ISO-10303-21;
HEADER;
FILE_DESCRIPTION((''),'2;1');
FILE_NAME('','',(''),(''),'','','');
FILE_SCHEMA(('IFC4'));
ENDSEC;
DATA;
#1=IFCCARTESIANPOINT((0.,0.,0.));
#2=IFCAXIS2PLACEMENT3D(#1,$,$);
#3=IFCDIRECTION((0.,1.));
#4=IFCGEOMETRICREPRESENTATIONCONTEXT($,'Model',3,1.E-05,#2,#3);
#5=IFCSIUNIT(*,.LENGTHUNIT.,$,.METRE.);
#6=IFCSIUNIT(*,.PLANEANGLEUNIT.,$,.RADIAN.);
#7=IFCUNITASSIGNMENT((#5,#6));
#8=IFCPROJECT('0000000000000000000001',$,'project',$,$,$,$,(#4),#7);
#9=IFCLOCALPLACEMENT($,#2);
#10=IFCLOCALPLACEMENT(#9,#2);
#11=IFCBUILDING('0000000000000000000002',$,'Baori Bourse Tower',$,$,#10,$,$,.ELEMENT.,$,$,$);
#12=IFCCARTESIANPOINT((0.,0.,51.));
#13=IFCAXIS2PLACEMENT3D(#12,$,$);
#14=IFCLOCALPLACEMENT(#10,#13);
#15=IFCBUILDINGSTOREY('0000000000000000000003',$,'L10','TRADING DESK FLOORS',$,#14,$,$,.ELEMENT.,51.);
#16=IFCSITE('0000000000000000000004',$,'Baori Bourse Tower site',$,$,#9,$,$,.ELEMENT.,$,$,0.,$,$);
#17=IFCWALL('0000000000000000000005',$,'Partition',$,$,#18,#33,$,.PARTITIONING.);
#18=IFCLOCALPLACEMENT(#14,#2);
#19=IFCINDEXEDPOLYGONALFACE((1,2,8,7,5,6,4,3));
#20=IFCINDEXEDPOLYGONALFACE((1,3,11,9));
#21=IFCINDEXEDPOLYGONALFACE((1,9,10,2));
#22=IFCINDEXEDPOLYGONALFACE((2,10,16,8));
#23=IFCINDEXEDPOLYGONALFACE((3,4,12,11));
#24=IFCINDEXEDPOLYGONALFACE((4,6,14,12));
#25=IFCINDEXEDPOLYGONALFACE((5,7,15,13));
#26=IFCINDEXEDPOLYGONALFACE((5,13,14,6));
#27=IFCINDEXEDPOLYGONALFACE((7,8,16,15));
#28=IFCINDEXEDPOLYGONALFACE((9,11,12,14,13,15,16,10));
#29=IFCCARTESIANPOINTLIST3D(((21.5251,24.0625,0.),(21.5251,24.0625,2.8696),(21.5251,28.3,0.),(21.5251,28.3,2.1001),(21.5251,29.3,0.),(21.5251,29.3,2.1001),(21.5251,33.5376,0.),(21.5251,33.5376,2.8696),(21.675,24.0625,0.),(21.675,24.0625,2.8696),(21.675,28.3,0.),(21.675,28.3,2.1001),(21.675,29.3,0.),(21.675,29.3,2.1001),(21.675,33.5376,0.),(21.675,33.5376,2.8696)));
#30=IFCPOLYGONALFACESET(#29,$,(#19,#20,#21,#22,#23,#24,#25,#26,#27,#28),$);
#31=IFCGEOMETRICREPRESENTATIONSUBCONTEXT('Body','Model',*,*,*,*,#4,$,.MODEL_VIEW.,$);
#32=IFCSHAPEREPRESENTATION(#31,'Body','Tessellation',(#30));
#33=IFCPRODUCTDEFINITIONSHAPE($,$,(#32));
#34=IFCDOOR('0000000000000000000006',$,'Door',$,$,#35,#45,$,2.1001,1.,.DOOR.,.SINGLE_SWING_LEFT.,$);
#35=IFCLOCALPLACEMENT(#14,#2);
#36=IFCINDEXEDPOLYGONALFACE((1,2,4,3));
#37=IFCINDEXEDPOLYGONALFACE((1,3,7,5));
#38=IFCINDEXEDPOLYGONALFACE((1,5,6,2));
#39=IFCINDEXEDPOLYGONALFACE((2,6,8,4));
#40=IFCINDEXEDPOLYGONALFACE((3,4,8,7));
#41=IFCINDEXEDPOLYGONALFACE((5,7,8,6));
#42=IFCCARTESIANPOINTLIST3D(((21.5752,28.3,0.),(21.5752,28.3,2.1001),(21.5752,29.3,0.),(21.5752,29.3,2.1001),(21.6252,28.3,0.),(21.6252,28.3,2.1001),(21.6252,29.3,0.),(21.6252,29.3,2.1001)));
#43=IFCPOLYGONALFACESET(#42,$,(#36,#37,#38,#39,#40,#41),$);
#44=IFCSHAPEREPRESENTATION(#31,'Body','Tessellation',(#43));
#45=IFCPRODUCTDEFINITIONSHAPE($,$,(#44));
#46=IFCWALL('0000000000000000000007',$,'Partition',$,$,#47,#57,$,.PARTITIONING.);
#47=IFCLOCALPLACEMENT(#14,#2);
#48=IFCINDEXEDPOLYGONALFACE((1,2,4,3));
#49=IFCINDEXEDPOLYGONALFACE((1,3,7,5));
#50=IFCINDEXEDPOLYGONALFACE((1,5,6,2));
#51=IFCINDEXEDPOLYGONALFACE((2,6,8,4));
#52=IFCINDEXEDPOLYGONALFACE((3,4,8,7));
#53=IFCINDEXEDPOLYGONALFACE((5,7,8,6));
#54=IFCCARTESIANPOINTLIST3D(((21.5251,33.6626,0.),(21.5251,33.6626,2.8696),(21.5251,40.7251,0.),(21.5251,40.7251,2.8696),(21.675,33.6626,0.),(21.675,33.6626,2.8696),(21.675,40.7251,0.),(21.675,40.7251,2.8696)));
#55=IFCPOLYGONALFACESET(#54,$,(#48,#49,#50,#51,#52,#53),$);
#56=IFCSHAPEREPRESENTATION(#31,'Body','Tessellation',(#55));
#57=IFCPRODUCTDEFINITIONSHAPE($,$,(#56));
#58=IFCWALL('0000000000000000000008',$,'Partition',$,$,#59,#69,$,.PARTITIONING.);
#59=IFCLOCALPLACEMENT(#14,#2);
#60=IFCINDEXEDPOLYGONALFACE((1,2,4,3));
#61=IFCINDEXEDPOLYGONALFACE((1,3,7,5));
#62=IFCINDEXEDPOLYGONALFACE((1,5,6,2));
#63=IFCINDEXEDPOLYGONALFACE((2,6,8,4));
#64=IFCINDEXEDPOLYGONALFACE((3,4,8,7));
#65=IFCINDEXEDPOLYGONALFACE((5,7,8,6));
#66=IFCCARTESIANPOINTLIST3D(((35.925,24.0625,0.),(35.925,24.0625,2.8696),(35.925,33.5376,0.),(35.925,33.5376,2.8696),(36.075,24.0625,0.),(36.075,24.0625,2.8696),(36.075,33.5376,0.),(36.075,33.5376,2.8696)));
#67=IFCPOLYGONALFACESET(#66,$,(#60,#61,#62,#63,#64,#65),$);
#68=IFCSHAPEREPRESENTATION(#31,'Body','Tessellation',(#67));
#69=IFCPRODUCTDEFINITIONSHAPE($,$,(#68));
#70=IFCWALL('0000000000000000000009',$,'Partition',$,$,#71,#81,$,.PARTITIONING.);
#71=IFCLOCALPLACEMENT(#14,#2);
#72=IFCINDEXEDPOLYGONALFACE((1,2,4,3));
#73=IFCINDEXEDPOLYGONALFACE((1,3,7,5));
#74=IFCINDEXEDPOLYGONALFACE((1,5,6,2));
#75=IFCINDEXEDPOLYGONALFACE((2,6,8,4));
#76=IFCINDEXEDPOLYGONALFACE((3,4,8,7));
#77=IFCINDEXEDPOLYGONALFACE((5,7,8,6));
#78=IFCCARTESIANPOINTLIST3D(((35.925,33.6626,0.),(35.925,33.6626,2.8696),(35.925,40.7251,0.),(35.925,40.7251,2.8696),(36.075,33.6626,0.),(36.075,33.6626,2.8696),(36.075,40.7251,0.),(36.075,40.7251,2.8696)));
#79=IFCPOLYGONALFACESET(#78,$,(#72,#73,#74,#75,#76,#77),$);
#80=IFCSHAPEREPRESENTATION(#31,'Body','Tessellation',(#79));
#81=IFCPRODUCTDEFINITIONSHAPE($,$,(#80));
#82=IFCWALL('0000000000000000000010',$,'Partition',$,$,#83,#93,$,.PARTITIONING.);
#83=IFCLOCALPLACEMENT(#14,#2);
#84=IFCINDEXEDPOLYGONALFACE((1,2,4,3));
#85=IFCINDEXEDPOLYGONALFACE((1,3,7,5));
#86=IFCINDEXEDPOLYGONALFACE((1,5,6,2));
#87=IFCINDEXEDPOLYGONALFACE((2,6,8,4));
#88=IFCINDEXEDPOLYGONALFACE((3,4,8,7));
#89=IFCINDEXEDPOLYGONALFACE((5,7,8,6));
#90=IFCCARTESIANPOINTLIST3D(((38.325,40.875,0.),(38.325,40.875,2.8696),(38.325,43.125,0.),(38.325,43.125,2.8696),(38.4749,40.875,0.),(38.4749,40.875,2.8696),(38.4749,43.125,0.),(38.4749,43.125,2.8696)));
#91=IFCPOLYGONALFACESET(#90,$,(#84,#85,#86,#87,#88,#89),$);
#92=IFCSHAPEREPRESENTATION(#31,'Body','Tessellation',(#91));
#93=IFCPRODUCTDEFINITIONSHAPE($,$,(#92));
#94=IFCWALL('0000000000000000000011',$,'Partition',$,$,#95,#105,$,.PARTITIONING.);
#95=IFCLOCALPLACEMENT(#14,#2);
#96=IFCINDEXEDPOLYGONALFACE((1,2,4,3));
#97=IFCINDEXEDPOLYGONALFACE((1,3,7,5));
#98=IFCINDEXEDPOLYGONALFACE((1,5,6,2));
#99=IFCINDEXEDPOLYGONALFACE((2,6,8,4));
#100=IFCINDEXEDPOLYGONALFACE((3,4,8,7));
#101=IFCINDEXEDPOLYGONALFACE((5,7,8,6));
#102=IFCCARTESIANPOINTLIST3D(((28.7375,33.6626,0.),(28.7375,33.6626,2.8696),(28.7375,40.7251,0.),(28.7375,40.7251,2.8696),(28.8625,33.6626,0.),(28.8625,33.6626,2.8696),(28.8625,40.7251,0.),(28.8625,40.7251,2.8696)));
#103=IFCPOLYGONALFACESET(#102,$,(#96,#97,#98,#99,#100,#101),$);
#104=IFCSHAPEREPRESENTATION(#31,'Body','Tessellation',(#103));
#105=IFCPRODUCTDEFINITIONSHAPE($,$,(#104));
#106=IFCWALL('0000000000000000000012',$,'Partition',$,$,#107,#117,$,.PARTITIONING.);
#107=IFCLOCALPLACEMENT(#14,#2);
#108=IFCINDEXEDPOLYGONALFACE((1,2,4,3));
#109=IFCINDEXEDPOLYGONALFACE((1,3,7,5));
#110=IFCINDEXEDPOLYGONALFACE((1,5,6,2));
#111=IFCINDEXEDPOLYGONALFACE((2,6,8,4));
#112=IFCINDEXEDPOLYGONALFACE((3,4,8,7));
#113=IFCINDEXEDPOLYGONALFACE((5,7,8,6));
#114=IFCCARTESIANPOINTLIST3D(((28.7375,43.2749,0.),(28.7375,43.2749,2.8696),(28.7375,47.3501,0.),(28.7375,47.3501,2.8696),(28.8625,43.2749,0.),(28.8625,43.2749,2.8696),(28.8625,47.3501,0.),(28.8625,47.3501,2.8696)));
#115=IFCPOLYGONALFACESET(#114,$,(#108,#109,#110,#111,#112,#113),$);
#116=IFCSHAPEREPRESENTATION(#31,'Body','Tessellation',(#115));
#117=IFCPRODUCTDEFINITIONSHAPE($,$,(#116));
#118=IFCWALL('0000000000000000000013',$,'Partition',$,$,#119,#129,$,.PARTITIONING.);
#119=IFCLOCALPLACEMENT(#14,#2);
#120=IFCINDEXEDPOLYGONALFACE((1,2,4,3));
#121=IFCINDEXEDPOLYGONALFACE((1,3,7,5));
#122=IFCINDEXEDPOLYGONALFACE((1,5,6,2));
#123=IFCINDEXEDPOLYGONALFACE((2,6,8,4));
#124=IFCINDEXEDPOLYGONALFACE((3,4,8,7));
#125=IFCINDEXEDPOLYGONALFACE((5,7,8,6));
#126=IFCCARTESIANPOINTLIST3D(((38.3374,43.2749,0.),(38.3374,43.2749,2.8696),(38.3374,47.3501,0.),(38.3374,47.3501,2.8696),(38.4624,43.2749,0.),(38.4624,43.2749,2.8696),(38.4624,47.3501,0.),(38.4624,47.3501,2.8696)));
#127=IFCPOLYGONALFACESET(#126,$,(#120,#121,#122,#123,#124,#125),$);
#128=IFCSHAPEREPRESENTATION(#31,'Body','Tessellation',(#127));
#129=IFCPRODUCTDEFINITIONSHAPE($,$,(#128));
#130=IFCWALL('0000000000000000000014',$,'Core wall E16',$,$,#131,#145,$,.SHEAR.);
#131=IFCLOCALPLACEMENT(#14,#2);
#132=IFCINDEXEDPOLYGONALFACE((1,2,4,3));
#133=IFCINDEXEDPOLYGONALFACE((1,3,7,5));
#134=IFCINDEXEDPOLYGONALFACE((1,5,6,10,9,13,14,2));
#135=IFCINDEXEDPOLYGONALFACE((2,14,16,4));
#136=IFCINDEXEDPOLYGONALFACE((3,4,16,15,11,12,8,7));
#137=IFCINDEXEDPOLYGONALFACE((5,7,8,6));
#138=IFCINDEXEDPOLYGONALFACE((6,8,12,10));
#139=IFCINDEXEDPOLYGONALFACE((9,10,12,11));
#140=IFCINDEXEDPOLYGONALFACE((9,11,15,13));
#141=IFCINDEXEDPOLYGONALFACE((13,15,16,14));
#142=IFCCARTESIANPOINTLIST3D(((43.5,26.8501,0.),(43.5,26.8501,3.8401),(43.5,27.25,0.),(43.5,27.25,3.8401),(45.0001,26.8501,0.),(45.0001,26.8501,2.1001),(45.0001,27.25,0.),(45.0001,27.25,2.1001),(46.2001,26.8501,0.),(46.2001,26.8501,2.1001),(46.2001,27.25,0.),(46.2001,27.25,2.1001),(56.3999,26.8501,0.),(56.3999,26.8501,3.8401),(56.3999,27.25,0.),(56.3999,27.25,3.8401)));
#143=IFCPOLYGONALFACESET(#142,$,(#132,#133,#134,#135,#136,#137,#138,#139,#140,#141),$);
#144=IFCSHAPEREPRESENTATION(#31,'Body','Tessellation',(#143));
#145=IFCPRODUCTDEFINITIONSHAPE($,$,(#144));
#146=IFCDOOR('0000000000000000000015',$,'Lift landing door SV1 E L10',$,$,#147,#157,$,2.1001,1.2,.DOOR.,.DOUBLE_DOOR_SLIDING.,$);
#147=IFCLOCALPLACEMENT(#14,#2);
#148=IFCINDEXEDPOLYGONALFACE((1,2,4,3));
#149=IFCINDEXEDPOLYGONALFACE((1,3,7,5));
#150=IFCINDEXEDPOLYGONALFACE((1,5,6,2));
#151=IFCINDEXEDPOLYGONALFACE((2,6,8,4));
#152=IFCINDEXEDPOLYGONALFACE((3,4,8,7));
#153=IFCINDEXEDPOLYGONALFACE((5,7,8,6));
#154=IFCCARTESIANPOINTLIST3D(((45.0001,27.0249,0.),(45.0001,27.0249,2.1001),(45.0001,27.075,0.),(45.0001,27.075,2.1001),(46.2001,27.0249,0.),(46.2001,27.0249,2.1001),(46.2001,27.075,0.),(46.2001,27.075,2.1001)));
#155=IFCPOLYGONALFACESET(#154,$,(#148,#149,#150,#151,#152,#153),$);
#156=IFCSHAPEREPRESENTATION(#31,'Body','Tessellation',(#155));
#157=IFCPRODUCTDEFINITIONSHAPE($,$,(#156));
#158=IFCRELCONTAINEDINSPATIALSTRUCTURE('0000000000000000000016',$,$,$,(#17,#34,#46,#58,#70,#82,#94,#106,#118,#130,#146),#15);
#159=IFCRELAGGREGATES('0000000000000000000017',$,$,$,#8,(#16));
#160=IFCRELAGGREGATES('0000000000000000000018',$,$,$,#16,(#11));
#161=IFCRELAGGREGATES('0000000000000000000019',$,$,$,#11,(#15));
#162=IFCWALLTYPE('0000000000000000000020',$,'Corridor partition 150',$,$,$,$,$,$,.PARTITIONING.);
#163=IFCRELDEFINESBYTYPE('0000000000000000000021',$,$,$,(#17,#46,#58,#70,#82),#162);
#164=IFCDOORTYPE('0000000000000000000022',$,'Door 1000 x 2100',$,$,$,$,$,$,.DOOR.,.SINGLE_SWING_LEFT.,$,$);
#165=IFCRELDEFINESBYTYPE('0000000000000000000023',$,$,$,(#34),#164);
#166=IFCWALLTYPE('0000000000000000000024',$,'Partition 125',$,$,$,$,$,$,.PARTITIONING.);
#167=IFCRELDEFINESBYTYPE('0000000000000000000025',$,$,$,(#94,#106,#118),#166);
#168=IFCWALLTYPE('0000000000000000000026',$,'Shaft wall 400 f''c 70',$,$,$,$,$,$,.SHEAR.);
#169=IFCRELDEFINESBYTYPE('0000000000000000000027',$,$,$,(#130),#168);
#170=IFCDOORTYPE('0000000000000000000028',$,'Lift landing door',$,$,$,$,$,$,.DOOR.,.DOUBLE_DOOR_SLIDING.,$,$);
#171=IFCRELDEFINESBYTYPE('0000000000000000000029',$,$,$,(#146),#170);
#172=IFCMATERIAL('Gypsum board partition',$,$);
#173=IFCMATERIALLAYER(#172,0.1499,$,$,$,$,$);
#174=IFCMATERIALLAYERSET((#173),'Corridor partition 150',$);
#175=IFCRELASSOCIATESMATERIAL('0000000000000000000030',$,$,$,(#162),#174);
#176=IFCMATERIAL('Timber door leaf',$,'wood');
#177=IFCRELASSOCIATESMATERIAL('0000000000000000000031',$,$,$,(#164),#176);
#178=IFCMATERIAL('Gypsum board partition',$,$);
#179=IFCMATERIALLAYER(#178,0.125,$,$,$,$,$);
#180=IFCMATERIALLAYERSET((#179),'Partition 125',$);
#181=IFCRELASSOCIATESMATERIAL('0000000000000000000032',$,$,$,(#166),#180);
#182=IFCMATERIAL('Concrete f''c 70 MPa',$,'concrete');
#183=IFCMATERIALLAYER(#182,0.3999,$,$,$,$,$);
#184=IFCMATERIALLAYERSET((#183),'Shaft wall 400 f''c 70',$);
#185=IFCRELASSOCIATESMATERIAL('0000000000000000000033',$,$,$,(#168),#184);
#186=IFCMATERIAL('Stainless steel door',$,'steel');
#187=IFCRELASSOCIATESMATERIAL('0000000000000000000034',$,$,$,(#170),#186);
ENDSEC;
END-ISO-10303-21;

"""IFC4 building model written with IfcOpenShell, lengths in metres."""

from ifc_helpers import new_model, si_unit, direction, frame, frame_2d, origin, place, context, subcontext, project, spatial, rectangle, extrude, material, layer, layer_set, type_object, element, fill, save


model = new_model("IFC4")

# Units and contexts
model_context = context("Model", 3, precision=1e-05, world=origin(), true_north=direction((0.0, 1.0)))
body_context = subcontext(model_context, "Body", "Model", "MODEL_VIEW")
ifc_project = project(units=[si_unit("LENGTHUNIT", "METRE"), si_unit("PLANEANGLEUNIT", "RADIAN")], contexts=[model_context])

# Site, building, storey
site_placement = place(None, origin())
site = spatial("IfcSite", under=ifc_project, at=site_placement, Name="Baori Bourse Tower site", CompositionType="ELEMENT", RefElevation=0.0)
building_placement = place(site_placement, origin())
building = spatial("IfcBuilding", under=site, at=building_placement, Name="Baori Bourse Tower", CompositionType="ELEMENT")
storey_placement = place(building_placement, frame((0.0, 0.0, 51.0)))
storey = spatial("IfcBuildingStorey", under=building, at=storey_placement, Name="L10", Description="TRADING DESK FLOORS", CompositionType="ELEMENT", Elevation=51.0)

# Wall, opening, door
ifc_material_1 = material(Name="Gypsum board partition")
ifc_layer_1 = layer(ifc_material_1, 0.1499)
ifc_layer_set_1 = layer_set([ifc_layer_1], Name="Corridor partition 150")
wall_type_1 = type_object("IfcWallType", Name="Corridor partition 150", PredefinedType="PARTITIONING", material=ifc_layer_set_1)
ifc_material_2 = material(Name="Timber door leaf", Category="wood")
door_type_1 = type_object("IfcDoorType", Name="Door 1000 x 2100", OperationType="SINGLE_SWING_LEFT", PredefinedType="DOOR", material=ifc_material_2)
wall_1_placement = place(storey_placement, frame((21.6001, 24.0625, 0.0), z_axis=(0.0, 0.0, 1.0), x_axis=(0.0, 1.0, 0.0)))
wall_1 = element("IfcWall", 1, at=wall_1_placement, inside=storey, type_object=wall_type_1, Name="Partition", PredefinedType="PARTITIONING", context=body_context, shape_type="SweptSolid", body=[
    extrude(rectangle(XDim=9.4751, YDim=0.1499, at=frame_2d((4.7375, 0.0))), origin(), (0.0, 0.0, 1.0), 2.8696),
])
opening_1_placement = place(wall_1_placement, frame((4.2375, 0.0, 0.0)))
opening_1 = element("IfcOpeningElement", 2, at=opening_1_placement, cuts=wall_1, PredefinedType="OPENING", context=body_context, shape_type="SweptSolid", body=[
    extrude(rectangle(XDim=1.0, YDim=2.1001, at=frame_2d((0.5, 1.05))), frame((0.0, 0.085, 0.0), z_axis=(0.0, -1.0, 0.0), x_axis=(1.0, 0.0, 0.0)), (0.0, 0.0, 1.0), 0.1699),
])
door_1_placement = place(opening_1_placement, origin())
door_1 = element("IfcDoor", 3, at=door_1_placement, inside=storey, type_object=door_type_1, Name="Door", OperationType="SINGLE_SWING_LEFT", OverallHeight=2.1001, OverallWidth=1.0, PredefinedType="DOOR", context=body_context, shape_type="SweptSolid", body=[
    extrude(rectangle(XDim=1.0, YDim=2.1001, at=frame_2d((0.5, 1.05))), frame((0.0, 0.0249, 0.0), z_axis=(0.0, -1.0, 0.0), x_axis=(1.0, 0.0, 0.0)), (0.0, 0.0, 1.0), 0.05),
])
fill(opening_1, door_1)

# Walls
wall_2_placement = place(storey_placement, frame((21.6001, 33.6626, 0.0), z_axis=(0.0, 0.0, 1.0), x_axis=(0.0, 1.0, 0.0)))
element("IfcWall", 4, at=wall_2_placement, inside=storey, type_object=wall_type_1, Name="Partition", PredefinedType="PARTITIONING", context=body_context, shape_type="SweptSolid", body=[
    extrude(rectangle(XDim=7.0625, YDim=0.1499, at=frame_2d((3.5312, 0.0))), origin(), (0.0, 0.0, 1.0), 2.8696),
])
wall_3_placement = place(storey_placement, frame((36.0, 24.0625, 0.0), z_axis=(0.0, 0.0, 1.0), x_axis=(0.0, 1.0, 0.0)))
element("IfcWall", 5, at=wall_3_placement, inside=storey, type_object=wall_type_1, Name="Partition", PredefinedType="PARTITIONING", context=body_context, shape_type="SweptSolid", body=[
    extrude(rectangle(XDim=9.4751, YDim=0.1499, at=frame_2d((4.7375, 0.0))), origin(), (0.0, 0.0, 1.0), 2.8696),
])
wall_4_placement = place(storey_placement, frame((36.0, 33.6626, 0.0), z_axis=(0.0, 0.0, 1.0), x_axis=(0.0, 1.0, 0.0)))
element("IfcWall", 6, at=wall_4_placement, inside=storey, type_object=wall_type_1, Name="Partition", PredefinedType="PARTITIONING", context=body_context, shape_type="SweptSolid", body=[
    extrude(rectangle(XDim=7.0625, YDim=0.1499, at=frame_2d((3.5312, 0.0))), origin(), (0.0, 0.0, 1.0), 2.8696),
])
wall_5_placement = place(storey_placement, frame((38.3999, 40.875, 0.0), z_axis=(0.0, 0.0, 1.0), x_axis=(0.0, 1.0, 0.0)))
element("IfcWall", 7, at=wall_5_placement, inside=storey, type_object=wall_type_1, Name="Partition", PredefinedType="PARTITIONING", context=body_context, shape_type="SweptSolid", body=[
    extrude(rectangle(XDim=2.25, YDim=0.1499, at=frame_2d((1.125, 0.0))), origin(), (0.0, 0.0, 1.0), 2.8696),
])
ifc_material_3 = material(Name="Gypsum board partition")
ifc_layer_2 = layer(ifc_material_3, 0.125)
ifc_layer_set_2 = layer_set([ifc_layer_2], Name="Partition 125")
wall_type_2 = type_object("IfcWallType", Name="Partition 125", PredefinedType="PARTITIONING", material=ifc_layer_set_2)
wall_6_placement = place(storey_placement, frame((28.8, 33.6626, 0.0), z_axis=(0.0, 0.0, 1.0), x_axis=(0.0, 1.0, 0.0)))
element("IfcWall", 8, at=wall_6_placement, inside=storey, type_object=wall_type_2, Name="Partition", PredefinedType="PARTITIONING", context=body_context, shape_type="SweptSolid", body=[
    extrude(rectangle(XDim=7.0625, YDim=0.125, at=frame_2d((3.5312, 0.0))), origin(), (0.0, 0.0, 1.0), 2.8696),
])
for number, where, z_axis, x_axis, name in (
    (9, (28.8, 43.2749, 0.0), (0.0, 0.0, 1.0), (0.0, 1.0, 0.0), "Partition"),
    (10, (38.3999, 43.2749, 0.0), (0.0, 0.0, 1.0), (0.0, 1.0, 0.0), "Partition"),
):
    element("IfcWall", number, at=place(storey_placement, frame(where, z_axis=z_axis, x_axis=x_axis)), inside=storey, type_object=wall_type_2, Name=name, PredefinedType="PARTITIONING", context=body_context, shape_type="SweptSolid", body=[
        extrude(rectangle(XDim=4.0752, YDim=0.125, at=frame_2d((2.0376, 0.0))), origin(), (0.0, 0.0, 1.0), 2.8696),
    ])

# Wall, opening, door
ifc_material_4 = material(Name="Concrete f'c 70 MPa", Category="concrete")
ifc_layer_3 = layer(ifc_material_4, 0.3999)
ifc_layer_set_3 = layer_set([ifc_layer_3], Name="Shaft wall 400 f'c 70")
wall_type_3 = type_object("IfcWallType", Name="Shaft wall 400 f'c 70", PredefinedType="SHEAR", material=ifc_layer_set_3)
wall_7_placement = place(storey_placement, frame((43.5, 27.05, 0.0), z_axis=(0.0, 0.0, 1.0), x_axis=(1.0, 0.0, 0.0)))
wall_7 = element("IfcWall", 11, at=wall_7_placement, inside=storey, type_object=wall_type_3, Name="Core wall E16", PredefinedType="SHEAR", context=body_context, shape_type="SweptSolid", body=[
    extrude(rectangle(XDim=12.8999, YDim=0.3999, at=frame_2d((6.45, 0.0))), origin(), (0.0, 0.0, 1.0), 3.8401),
])
opening_2_placement = place(wall_7_placement, frame((1.5, 0.0, 0.0)))
opening_2 = element("IfcOpeningElement", 12, at=opening_2_placement, cuts=wall_7, PredefinedType="OPENING", context=body_context, shape_type="SweptSolid", body=[
    extrude(rectangle(XDim=1.2, YDim=2.1001, at=frame_2d((0.6001, 1.05))), frame((0.0, 0.21, 0.0), z_axis=(0.0, -1.0, 0.0), x_axis=(1.0, 0.0, 0.0)), (0.0, 0.0, 1.0), 0.4199),
])
ifc_material_5 = material(Name="Stainless steel door", Category="steel")
door_type_2 = type_object("IfcDoorType", Name="Lift landing door", OperationType="DOUBLE_DOOR_SLIDING", PredefinedType="DOOR", material=ifc_material_5)
door_2_placement = place(opening_2_placement, origin())
door_2 = element("IfcDoor", 13, at=door_2_placement, inside=storey, type_object=door_type_2, Name="Lift landing door SV1 E L10", OperationType="DOUBLE_DOOR_SLIDING", OverallHeight=2.1001, OverallWidth=1.2, PredefinedType="DOOR", context=body_context, shape_type="SweptSolid", body=[
    extrude(rectangle(XDim=1.2, YDim=2.1001, at=frame_2d((0.6001, 1.05))), frame((0.0, 0.0249, 0.0), z_axis=(0.0, -1.0, 0.0), x_axis=(1.0, 0.0, 0.0)), (0.0, 0.0, 1.0), 0.05),
])
fill(opening_2, door_2)

save(model, "model.ifc")
